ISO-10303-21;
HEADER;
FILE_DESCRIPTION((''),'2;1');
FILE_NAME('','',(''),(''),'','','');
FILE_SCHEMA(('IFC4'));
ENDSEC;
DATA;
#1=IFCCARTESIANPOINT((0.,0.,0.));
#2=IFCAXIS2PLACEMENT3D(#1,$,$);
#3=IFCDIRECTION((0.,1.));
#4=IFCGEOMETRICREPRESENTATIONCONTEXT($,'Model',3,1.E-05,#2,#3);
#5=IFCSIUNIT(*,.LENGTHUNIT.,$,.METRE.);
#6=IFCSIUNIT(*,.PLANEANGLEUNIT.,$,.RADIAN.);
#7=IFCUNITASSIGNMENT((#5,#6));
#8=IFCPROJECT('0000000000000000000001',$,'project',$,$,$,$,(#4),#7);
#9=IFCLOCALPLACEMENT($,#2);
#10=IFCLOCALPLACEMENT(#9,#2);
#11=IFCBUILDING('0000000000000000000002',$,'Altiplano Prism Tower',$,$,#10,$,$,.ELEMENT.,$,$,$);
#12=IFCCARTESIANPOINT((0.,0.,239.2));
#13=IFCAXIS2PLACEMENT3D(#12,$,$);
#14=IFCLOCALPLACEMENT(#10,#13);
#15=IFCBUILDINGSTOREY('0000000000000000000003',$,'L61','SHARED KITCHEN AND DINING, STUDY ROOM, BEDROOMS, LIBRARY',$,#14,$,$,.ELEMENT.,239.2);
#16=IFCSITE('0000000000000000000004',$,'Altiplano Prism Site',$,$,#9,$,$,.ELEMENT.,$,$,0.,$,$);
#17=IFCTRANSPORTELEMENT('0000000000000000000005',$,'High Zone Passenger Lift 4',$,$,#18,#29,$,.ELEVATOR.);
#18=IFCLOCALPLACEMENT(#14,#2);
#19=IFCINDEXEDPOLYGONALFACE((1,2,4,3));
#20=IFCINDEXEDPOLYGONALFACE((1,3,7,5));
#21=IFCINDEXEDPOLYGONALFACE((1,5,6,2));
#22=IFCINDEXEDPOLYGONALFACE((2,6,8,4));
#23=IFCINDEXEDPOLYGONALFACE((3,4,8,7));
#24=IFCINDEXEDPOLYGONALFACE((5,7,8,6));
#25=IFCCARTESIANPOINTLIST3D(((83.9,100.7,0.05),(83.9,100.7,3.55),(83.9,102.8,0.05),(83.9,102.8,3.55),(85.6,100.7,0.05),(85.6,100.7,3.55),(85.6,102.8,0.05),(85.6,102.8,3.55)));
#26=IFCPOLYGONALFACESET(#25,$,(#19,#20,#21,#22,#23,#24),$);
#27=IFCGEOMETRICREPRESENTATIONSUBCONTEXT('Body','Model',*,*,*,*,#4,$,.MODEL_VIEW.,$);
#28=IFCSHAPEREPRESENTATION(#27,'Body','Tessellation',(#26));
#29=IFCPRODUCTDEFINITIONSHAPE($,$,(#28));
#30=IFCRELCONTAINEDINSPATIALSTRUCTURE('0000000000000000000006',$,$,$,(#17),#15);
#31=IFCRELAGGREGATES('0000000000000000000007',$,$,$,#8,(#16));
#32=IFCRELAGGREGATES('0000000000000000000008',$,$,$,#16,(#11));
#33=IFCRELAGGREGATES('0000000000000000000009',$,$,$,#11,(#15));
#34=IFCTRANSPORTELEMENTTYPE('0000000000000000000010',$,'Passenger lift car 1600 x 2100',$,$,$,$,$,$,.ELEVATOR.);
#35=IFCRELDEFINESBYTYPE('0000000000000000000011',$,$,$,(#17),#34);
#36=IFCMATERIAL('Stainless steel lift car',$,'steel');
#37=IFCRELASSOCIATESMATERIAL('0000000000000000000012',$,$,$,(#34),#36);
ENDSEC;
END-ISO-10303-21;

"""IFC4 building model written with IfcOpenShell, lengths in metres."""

from ifc_helpers import new_model, si_unit, direction, frame, origin, origin_2d, place, context, subcontext, project, spatial, rectangle, extrude, material, type_object, element, save


model = new_model("IFC4")

# Units and contexts
model_context = context("Model", 3, precision=1e-05, world=origin(), true_north=direction((0.0, 1.0)))
body_context = subcontext(model_context, "Body", "Model", "MODEL_VIEW")
ifc_project = project(units=[si_unit("LENGTHUNIT", "METRE"), si_unit("PLANEANGLEUNIT", "RADIAN")], contexts=[model_context])

# Site, building, storey
site_placement = place(None, origin())
site = spatial("IfcSite", under=ifc_project, at=site_placement, Name="Altiplano Prism Site", CompositionType="ELEMENT", RefElevation=0.0)
building_placement = place(site_placement, origin())
building = spatial("IfcBuilding", under=site, at=building_placement, Name="Altiplano Prism Tower", CompositionType="ELEMENT")
storey_placement = place(building_placement, frame((0.0, 0.0, 239.2)))
storey = spatial("IfcBuildingStorey", under=building, at=storey_placement, Name="L61", Description="SHARED KITCHEN AND DINING, STUDY ROOM, BEDROOMS, LIBRARY", CompositionType="ELEMENT", Elevation=239.2)

# Transport element
ifc_material_1 = material(Name="Stainless steel lift car", Category="steel")
transport_element_type = type_object("IfcTransportElementType", Name="Passenger lift car 1600 x 2100", PredefinedType="ELEVATOR", material=ifc_material_1)
for number, where, z_axis, x_axis, name in (
    (1, (84.75, 101.75, 0.05), (0.0, 0.0, 1.0), (1.0, 0.0, 0.0), "High Zone Passenger Lift 4"),
):
    element("IfcTransportElement", number, at=place(storey_placement, frame(where, z_axis=z_axis, x_axis=x_axis)), inside=storey, type_object=transport_element_type, Name=name, PredefinedType="ELEVATOR", context=body_context, shape_type="SweptSolid", body=[
        extrude(rectangle(XDim=1.7, YDim=2.1001, at=origin_2d()), origin(), (0.0, 0.0, 1.0), 3.5),
    ])

save(model, "model.ifc")
